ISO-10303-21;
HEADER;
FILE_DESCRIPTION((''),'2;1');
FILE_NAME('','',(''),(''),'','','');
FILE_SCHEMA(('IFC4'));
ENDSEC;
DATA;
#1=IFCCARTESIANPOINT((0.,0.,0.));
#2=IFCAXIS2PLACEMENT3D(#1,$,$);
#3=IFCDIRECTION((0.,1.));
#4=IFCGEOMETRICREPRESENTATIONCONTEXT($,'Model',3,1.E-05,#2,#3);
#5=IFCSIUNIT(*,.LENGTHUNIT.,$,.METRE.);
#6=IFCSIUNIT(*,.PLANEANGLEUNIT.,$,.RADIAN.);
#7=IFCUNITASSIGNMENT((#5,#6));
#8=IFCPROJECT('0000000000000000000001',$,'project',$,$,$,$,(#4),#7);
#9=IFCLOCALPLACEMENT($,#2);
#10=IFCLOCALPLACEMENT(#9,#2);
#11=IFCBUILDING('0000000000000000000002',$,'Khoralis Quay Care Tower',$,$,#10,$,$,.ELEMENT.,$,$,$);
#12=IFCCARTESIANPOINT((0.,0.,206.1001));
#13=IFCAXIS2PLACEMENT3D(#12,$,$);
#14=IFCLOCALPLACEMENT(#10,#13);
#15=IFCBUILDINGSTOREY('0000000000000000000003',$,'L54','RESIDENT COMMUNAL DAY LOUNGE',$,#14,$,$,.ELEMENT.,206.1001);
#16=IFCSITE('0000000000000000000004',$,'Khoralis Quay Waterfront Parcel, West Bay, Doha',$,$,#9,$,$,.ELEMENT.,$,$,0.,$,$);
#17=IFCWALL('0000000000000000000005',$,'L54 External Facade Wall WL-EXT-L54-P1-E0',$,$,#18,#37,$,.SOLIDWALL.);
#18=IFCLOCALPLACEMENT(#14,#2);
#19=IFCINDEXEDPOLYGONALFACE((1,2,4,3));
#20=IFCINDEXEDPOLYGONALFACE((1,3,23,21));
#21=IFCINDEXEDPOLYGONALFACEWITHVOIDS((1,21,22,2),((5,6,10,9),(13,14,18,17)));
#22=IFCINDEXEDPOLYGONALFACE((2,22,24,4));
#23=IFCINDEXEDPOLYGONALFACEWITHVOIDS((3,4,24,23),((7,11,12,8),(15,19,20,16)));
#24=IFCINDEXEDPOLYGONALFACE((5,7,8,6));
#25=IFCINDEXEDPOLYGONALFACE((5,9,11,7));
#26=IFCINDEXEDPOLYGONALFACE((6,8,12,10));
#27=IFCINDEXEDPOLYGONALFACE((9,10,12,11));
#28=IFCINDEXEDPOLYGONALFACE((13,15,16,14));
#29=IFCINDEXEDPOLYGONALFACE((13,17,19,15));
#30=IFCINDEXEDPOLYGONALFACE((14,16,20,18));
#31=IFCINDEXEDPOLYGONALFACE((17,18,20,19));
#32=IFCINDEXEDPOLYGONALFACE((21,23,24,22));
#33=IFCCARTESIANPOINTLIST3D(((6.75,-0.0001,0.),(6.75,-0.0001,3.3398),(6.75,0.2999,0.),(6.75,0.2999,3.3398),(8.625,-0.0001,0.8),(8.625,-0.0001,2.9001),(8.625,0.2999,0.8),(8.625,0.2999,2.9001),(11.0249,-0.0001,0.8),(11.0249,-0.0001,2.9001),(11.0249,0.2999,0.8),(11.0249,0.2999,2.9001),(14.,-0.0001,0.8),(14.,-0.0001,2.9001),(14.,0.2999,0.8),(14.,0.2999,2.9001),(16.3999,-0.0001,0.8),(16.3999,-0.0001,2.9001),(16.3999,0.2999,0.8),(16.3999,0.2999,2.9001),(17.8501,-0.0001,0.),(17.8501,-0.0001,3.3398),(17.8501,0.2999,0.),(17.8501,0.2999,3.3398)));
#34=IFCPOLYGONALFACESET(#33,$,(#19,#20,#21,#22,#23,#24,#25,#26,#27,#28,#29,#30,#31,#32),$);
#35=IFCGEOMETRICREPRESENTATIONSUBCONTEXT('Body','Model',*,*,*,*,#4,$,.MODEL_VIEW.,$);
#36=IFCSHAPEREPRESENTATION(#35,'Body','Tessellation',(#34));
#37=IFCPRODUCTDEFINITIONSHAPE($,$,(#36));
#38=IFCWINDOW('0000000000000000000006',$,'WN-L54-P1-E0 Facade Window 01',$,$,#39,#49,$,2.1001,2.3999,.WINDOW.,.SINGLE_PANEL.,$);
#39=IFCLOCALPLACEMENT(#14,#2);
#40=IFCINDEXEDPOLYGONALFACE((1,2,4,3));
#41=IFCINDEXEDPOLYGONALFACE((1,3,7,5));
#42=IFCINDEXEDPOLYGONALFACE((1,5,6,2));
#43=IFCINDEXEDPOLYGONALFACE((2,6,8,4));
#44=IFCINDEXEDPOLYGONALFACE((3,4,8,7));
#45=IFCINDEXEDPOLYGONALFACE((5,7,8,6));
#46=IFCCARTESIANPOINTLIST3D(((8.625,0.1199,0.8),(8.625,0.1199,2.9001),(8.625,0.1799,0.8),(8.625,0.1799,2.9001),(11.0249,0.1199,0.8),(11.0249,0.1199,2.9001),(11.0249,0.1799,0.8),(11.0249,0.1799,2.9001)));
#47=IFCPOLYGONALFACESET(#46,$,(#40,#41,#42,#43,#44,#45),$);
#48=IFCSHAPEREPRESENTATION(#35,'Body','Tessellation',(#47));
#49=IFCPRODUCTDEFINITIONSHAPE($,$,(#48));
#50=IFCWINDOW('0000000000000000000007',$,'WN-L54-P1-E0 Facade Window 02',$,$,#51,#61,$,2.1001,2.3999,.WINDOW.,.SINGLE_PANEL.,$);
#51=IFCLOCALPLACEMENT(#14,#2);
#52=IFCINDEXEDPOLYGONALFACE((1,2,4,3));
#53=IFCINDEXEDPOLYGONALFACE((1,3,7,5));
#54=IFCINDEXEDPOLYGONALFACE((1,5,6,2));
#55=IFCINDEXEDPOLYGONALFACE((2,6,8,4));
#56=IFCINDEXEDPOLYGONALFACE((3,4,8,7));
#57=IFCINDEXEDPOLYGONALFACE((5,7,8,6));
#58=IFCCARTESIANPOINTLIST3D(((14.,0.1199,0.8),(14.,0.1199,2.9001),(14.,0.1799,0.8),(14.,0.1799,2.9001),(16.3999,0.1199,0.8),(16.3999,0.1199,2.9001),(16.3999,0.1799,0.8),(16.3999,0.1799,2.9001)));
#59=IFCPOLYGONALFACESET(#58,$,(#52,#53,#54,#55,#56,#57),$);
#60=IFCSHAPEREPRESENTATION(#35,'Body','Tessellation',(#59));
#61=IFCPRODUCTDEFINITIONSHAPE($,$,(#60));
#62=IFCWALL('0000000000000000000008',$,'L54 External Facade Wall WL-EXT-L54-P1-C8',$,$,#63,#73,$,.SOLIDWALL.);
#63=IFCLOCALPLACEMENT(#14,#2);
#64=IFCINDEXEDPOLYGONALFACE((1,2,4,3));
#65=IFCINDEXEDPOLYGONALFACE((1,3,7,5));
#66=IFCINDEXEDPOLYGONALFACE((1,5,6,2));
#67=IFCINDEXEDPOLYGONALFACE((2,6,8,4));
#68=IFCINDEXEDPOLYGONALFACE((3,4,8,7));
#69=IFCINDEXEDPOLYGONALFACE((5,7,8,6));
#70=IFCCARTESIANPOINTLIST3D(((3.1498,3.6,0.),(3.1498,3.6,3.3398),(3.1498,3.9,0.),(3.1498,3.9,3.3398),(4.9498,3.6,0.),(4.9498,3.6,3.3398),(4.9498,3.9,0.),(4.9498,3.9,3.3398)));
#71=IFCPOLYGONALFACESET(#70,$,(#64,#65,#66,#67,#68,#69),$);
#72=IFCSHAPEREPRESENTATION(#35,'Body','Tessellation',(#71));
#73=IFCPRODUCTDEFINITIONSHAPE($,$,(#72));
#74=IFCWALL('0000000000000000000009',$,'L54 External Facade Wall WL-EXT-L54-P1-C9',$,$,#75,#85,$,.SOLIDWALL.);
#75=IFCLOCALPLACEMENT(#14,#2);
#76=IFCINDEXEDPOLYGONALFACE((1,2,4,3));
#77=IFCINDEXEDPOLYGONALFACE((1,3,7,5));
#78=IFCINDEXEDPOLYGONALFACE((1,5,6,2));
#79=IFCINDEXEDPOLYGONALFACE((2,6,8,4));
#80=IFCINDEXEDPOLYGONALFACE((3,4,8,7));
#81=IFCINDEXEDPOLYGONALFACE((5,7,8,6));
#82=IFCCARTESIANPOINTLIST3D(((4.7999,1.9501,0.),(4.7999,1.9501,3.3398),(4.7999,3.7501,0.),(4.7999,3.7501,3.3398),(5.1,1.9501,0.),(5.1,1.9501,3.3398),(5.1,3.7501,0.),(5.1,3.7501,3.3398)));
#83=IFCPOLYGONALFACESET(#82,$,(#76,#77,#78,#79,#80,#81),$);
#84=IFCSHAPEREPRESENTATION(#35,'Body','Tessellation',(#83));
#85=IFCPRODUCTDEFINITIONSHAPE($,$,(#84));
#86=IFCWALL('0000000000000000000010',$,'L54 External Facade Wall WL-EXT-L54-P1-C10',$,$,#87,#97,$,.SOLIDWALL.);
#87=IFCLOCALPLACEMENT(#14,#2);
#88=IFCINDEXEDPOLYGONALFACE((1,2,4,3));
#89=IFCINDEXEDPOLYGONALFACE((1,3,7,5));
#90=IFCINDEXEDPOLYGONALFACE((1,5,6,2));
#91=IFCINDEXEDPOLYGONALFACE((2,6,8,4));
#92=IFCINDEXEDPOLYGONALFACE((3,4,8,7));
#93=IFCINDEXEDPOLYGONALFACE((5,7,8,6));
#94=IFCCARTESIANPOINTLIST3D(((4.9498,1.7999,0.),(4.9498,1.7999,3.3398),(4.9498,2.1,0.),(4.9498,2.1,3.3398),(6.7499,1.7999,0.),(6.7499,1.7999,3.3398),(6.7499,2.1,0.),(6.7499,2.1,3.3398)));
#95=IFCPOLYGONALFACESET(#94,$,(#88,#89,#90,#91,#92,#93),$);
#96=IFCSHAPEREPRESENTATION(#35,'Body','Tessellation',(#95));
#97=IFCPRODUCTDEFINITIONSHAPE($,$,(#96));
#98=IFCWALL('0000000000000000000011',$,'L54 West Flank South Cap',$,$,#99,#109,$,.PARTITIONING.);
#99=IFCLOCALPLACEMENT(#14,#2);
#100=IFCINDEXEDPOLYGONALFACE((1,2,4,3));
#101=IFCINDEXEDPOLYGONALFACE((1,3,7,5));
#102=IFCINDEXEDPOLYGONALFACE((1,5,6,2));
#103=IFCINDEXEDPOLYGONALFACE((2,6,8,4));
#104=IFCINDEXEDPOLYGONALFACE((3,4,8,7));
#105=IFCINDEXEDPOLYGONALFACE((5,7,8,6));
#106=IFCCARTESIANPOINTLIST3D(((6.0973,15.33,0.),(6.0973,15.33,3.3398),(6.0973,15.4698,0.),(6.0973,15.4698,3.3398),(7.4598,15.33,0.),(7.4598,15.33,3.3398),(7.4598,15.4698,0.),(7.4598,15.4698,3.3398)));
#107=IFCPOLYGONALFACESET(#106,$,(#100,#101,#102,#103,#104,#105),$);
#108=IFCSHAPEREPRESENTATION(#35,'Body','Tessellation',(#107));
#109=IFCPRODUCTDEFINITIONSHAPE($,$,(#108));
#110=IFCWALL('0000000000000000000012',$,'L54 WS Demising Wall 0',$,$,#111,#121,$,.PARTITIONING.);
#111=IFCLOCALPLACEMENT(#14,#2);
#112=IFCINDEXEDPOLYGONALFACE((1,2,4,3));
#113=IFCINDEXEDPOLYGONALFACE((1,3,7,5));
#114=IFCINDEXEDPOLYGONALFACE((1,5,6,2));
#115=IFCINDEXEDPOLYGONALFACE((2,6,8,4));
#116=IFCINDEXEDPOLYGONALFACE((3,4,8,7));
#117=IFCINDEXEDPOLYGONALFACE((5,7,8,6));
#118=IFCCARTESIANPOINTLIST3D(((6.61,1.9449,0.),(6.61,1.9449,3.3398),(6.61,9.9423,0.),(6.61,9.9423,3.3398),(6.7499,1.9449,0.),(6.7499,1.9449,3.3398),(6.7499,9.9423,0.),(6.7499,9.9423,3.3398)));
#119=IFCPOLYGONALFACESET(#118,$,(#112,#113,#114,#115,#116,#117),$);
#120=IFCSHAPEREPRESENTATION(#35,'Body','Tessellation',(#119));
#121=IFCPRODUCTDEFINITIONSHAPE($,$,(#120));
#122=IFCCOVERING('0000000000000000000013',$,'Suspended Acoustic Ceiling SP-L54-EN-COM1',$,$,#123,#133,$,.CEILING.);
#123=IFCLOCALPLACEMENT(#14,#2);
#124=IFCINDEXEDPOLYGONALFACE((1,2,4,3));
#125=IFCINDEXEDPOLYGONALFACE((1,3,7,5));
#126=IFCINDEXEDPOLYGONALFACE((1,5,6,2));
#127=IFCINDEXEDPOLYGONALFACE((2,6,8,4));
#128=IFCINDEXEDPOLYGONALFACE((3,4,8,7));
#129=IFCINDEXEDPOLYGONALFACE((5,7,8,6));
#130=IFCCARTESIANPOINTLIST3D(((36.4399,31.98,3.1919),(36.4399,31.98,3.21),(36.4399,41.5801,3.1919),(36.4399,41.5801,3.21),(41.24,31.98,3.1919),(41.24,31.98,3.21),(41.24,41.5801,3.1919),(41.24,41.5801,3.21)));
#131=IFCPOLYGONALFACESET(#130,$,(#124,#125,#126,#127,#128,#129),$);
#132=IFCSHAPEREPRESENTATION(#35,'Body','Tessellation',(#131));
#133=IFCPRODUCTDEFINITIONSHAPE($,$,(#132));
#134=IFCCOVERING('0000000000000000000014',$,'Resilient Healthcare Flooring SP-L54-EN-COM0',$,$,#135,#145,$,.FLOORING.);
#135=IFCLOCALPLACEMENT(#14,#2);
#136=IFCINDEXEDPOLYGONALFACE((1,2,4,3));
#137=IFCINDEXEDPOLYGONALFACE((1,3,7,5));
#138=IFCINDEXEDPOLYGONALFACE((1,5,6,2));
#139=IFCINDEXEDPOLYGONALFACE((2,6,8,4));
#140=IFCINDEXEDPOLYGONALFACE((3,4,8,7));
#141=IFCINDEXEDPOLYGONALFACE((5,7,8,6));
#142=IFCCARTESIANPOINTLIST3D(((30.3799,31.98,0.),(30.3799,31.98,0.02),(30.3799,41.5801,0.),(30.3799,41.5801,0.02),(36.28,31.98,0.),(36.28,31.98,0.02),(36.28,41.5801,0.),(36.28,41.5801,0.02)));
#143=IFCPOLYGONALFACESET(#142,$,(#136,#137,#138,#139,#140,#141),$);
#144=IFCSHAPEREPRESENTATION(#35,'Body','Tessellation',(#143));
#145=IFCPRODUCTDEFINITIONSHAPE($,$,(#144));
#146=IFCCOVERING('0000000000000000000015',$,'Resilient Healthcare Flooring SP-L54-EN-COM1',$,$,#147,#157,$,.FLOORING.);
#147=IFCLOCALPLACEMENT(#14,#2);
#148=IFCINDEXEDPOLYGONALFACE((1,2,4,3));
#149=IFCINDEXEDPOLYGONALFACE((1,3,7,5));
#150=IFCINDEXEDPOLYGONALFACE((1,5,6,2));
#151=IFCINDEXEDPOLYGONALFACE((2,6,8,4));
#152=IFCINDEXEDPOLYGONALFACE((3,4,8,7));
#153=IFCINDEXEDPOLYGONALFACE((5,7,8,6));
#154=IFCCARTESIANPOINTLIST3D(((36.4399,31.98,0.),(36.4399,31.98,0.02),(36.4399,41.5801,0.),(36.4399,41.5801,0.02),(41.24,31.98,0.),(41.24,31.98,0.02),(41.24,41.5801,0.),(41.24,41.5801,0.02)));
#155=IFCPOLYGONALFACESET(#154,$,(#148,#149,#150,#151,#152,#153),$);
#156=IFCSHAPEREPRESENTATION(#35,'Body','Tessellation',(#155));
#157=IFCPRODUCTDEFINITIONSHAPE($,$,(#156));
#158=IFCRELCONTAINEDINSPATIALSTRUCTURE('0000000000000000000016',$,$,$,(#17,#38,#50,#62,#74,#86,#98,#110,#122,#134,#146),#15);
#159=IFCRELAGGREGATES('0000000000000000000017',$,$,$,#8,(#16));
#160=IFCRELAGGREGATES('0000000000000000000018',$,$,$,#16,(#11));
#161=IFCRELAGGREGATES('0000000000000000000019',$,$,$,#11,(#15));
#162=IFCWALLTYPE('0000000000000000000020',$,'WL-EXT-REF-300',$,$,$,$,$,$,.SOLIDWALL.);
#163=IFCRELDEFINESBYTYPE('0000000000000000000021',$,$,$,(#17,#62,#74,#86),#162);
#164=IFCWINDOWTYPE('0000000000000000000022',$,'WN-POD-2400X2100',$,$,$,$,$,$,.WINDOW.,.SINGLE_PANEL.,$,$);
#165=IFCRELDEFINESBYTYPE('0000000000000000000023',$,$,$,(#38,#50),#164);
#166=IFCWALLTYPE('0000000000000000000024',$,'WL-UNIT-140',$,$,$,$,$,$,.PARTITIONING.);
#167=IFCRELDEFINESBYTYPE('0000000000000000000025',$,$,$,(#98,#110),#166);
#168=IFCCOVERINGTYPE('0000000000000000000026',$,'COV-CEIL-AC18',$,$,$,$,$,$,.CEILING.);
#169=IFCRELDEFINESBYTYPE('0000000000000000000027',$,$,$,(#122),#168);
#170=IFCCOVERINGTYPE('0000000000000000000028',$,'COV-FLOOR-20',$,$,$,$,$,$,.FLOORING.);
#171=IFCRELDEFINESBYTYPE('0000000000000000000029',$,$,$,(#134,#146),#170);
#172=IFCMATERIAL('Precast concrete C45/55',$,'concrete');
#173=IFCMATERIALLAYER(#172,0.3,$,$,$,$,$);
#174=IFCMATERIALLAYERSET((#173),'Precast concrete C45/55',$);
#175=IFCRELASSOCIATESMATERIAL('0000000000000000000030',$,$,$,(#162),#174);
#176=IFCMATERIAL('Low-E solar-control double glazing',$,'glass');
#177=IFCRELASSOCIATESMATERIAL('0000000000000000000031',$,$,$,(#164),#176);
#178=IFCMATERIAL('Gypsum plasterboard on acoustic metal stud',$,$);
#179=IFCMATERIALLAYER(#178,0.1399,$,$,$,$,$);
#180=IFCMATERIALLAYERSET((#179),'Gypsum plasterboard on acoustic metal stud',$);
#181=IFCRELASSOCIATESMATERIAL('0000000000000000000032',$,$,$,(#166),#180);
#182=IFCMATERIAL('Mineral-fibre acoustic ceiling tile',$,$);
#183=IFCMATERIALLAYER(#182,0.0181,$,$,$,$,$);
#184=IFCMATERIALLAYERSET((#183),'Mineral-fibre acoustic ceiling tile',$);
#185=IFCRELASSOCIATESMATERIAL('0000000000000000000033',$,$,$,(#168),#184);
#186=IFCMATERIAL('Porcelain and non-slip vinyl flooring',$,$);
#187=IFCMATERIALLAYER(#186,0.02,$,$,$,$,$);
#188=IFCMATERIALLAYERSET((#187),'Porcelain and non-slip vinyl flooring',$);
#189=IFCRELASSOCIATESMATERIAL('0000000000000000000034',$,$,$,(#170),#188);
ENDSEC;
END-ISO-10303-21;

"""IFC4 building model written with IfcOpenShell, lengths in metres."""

from ifc_helpers import new_model, si_unit, direction, frame, frame_2d, origin, place, context, subcontext, project, spatial, polyline, rectangle, outline, extrude, source, transform, mapped, material, layer, layer_set, type_object, element, fill, save


model = new_model("IFC4")

# Units and contexts
model_context = context("Model", 3, precision=1e-05, world=origin(), true_north=direction((0.0, 1.0)))
body_context = subcontext(model_context, "Body", "Model", "MODEL_VIEW")
ifc_project = project(units=[si_unit("LENGTHUNIT", "METRE"), si_unit("PLANEANGLEUNIT", "RADIAN")], contexts=[model_context])

# Site, building, storey
site_placement = place(None, origin())
site = spatial("IfcSite", under=ifc_project, at=site_placement, Name="Khoralis Quay Waterfront Parcel, West Bay, Doha", CompositionType="ELEMENT", RefElevation=0.0)
building_placement = place(site_placement, origin())
building = spatial("IfcBuilding", under=site, at=building_placement, Name="Khoralis Quay Care Tower", CompositionType="ELEMENT")
storey_placement = place(building_placement, frame((0.0, 0.0, 206.1001)))
storey = spatial("IfcBuildingStorey", under=building, at=storey_placement, Name="L54", Description="RESIDENT COMMUNAL DAY LOUNGE", CompositionType="ELEMENT", Elevation=206.1001)

# Shared definitions
ifc_material_1 = material(Name="Gypsum plasterboard on acoustic metal stud")

# Wall, openings, windows
ifc_material_2 = material(Name="Precast concrete C45/55", Category="concrete")
ifc_layer_1 = layer(ifc_material_2, 0.3)
ifc_layer_set_1 = layer_set([ifc_layer_1], Name="Precast concrete C45/55")
wall_type_1 = type_object("IfcWallType", Name="WL-EXT-REF-300", PredefinedType="SOLIDWALL", material=ifc_layer_set_1)
wall_1_placement = place(storey_placement, frame((6.75, 0.1499, 0.0), z_axis=(0.0, 0.0, 1.0), x_axis=(1.0, 0.0, 0.0)))
wall_1 = element("IfcWall", 1, at=wall_1_placement, inside=storey, type_object=wall_type_1, Name="L54 External Facade Wall WL-EXT-L54-P1-E0", PredefinedType="SOLIDWALL", context=body_context, shape_type="SweptSolid", body=[
    extrude(rectangle(XDim=11.1001, YDim=0.3, at=frame_2d((5.55, 0.0))), origin(), (0.0, 0.0, 1.0), 3.3398),
])
opening_1_placement = place(wall_1_placement, frame((1.875, 0.0, 0.8)))
opening_1 = element("IfcOpeningElement", 2, at=opening_1_placement, cuts=wall_1, PredefinedType="OPENING", context=body_context, shape_type="SweptSolid", body=[
    extrude(rectangle(XDim=2.3999, YDim=2.1001, at=frame_2d((1.2, 1.05))), frame((0.0, 0.1602, 0.0), z_axis=(0.0, -1.0, 0.0), x_axis=(1.0, 0.0, 0.0)), (0.0, 0.0, 1.0), 0.3201),
])
opening_2_placement = place(wall_1_placement, frame((7.25, 0.0, 0.8)))
opening_2 = element("IfcOpeningElement", 3, at=opening_2_placement, cuts=wall_1, PredefinedType="OPENING", context=body_context, shape_type="SweptSolid", body=[
    extrude(rectangle(XDim=2.3999, YDim=2.1001, at=frame_2d((1.2, 1.05))), frame((0.0, 0.1602, 0.0), z_axis=(0.0, -1.0, 0.0), x_axis=(1.0, 0.0, 0.0)), (0.0, 0.0, 1.0), 0.3201),
])
ifc_material_3 = material(Name="Low-E solar-control double glazing", Category="glass")
window_type = type_object("IfcWindowType", Name="WN-POD-2400X2100", PartitioningType="SINGLE_PANEL", PredefinedType="WINDOW", material=ifc_material_3)
shared_shape_1 = source(origin(), body_context, "Body", "SweptSolid", [
    extrude(rectangle(XDim=2.3999, YDim=2.1001, at=frame_2d((1.2, 1.05))), frame((0.0, 0.03, 0.0), z_axis=(0.0, -1.0, 0.0), x_axis=(1.0, 0.0, 0.0)), (0.0, 0.0, 1.0), 0.0601),
])
window_1_placement = place(opening_1_placement, origin())
window_1 = element("IfcWindow", 4, at=window_1_placement, inside=storey, type_object=window_type, Name="WN-L54-P1-E0 Facade Window 01", OverallHeight=2.1001, OverallWidth=2.3999, PartitioningType="SINGLE_PANEL", PredefinedType="WINDOW", context=body_context, shape_type="MappedRepresentation", body=[
    mapped(shared_shape_1, transform((0.0, 0.0, 0.0), scale=1.0)),
])
fill(opening_1, window_1)
window_2_placement = place(opening_2_placement, origin())
window_2 = element("IfcWindow", 5, at=window_2_placement, inside=storey, type_object=window_type, Name="WN-L54-P1-E0 Facade Window 02", OverallHeight=2.1001, OverallWidth=2.3999, PartitioningType="SINGLE_PANEL", PredefinedType="WINDOW", context=body_context, shape_type="MappedRepresentation", body=[
    mapped(shared_shape_1, transform((0.0, 0.0, 0.0), scale=1.0)),
])
fill(opening_2, window_2)

# Walls
for number, where, z_axis, x_axis, name in (
    (6, (3.1499, 3.75, 0.0), (0.0, 0.0, 1.0), (1.0, 0.0, 0.0), "L54 External Facade Wall WL-EXT-L54-P1-C8"),
    (7, (4.95, 3.75, 0.0), (0.0, 0.0, 1.0), (0.0, -1.0, 0.0), "L54 External Facade Wall WL-EXT-L54-P1-C9"),
    (8, (4.95, 1.95, 0.0), (0.0, 0.0, 1.0), (1.0, 0.0, 0.0), "L54 External Facade Wall WL-EXT-L54-P1-C10"),
):
    element("IfcWall", number, at=place(storey_placement, frame(where, z_axis=z_axis, x_axis=x_axis)), inside=storey, type_object=wall_type_1, Name=name, PredefinedType="SOLIDWALL", context=body_context, shape_type="SweptSolid", body=[
        extrude(rectangle(XDim=1.8, YDim=0.3, at=frame_2d((0.8999, 0.0))), origin(), (0.0, 0.0, 1.0), 3.3398),
    ])
ifc_layer_2 = layer(ifc_material_1, 0.1399)
ifc_layer_set_2 = layer_set([ifc_layer_2], Name="Gypsum plasterboard on acoustic metal stud")
wall_type_2 = type_object("IfcWallType", Name="WL-UNIT-140", PredefinedType="PARTITIONING", material=ifc_layer_set_2)
wall_2_placement = place(storey_placement, frame((6.0974, 15.3999, 0.0), z_axis=(0.0, 0.0, 1.0), x_axis=(1.0, 0.0, 0.0)))
element("IfcWall", 9, at=wall_2_placement, inside=storey, type_object=wall_type_2, Name="L54 West Flank South Cap", PredefinedType="PARTITIONING", context=body_context, shape_type="SweptSolid", body=[
    extrude(rectangle(XDim=1.3625, YDim=0.1399, at=frame_2d((0.6812, 0.0))), origin(), (0.0, 0.0, 1.0), 3.3398),
])
wall_3_placement = place(storey_placement, frame((6.6799, 1.9451, 0.0), z_axis=(0.0, 0.0, 1.0), x_axis=(0.0, 1.0, 0.0)))
element("IfcWall", 10, at=wall_3_placement, inside=storey, type_object=wall_type_2, Name="L54 WS Demising Wall 0", PredefinedType="PARTITIONING", context=body_context, shape_type="SweptSolid", body=[
    extrude(rectangle(XDim=7.9973, YDim=0.1399, at=frame_2d((3.9985, 0.0))), origin(), (0.0, 0.0, 1.0), 3.3398),
])

# Coverings
ifc_material_4 = material(Name="Mineral-fibre acoustic ceiling tile")
ifc_layer_3 = layer(ifc_material_4, 0.0181)
ifc_layer_set_3 = layer_set([ifc_layer_3], Name="Mineral-fibre acoustic ceiling tile")
covering_type_1 = type_object("IfcCoveringType", Name="COV-CEIL-AC18", PredefinedType="CEILING", material=ifc_layer_set_3)
covering_1_placement = place(storey_placement, frame((0.0, 0.0, 3.1919)))
element("IfcCovering", 11, at=covering_1_placement, inside=storey, type_object=covering_type_1, Name="Suspended Acoustic Ceiling SP-L54-EN-COM1", PredefinedType="CEILING", context=body_context, shape_type="SweptSolid", body=[
    extrude(outline(polyline([(36.4399, 31.98), (41.24, 31.98), (41.24, 41.5801), (36.4399, 41.5801), (36.4399, 31.98)])), origin(), (0.0, 0.0, 1.0), 0.0181),
])
ifc_material_5 = material(Name="Porcelain and non-slip vinyl flooring")
ifc_layer_4 = layer(ifc_material_5, 0.02)
ifc_layer_set_4 = layer_set([ifc_layer_4], Name="Porcelain and non-slip vinyl flooring")
covering_type_2 = type_object("IfcCoveringType", Name="COV-FLOOR-20", PredefinedType="FLOORING", material=ifc_layer_set_4)
covering_2_placement = place(storey_placement, origin())
element("IfcCovering", 12, at=covering_2_placement, inside=storey, type_object=covering_type_2, Name="Resilient Healthcare Flooring SP-L54-EN-COM0", PredefinedType="FLOORING", context=body_context, shape_type="SweptSolid", body=[
    extrude(outline(polyline([(30.3799, 31.98), (36.28, 31.98), (36.28, 41.5801), (30.3799, 41.5801), (30.3799, 31.98)])), origin(), (0.0, 0.0, 1.0), 0.02),
])
covering_3_placement = place(storey_placement, origin())
element("IfcCovering", 13, at=covering_3_placement, inside=storey, type_object=covering_type_2, Name="Resilient Healthcare Flooring SP-L54-EN-COM1", PredefinedType="FLOORING", context=body_context, shape_type="SweptSolid", body=[
    extrude(outline(polyline([(36.4399, 31.98), (41.24, 31.98), (41.24, 41.5801), (36.4399, 41.5801), (36.4399, 31.98)])), origin(), (0.0, 0.0, 1.0), 0.02),
])

save(model, "model.ifc")
